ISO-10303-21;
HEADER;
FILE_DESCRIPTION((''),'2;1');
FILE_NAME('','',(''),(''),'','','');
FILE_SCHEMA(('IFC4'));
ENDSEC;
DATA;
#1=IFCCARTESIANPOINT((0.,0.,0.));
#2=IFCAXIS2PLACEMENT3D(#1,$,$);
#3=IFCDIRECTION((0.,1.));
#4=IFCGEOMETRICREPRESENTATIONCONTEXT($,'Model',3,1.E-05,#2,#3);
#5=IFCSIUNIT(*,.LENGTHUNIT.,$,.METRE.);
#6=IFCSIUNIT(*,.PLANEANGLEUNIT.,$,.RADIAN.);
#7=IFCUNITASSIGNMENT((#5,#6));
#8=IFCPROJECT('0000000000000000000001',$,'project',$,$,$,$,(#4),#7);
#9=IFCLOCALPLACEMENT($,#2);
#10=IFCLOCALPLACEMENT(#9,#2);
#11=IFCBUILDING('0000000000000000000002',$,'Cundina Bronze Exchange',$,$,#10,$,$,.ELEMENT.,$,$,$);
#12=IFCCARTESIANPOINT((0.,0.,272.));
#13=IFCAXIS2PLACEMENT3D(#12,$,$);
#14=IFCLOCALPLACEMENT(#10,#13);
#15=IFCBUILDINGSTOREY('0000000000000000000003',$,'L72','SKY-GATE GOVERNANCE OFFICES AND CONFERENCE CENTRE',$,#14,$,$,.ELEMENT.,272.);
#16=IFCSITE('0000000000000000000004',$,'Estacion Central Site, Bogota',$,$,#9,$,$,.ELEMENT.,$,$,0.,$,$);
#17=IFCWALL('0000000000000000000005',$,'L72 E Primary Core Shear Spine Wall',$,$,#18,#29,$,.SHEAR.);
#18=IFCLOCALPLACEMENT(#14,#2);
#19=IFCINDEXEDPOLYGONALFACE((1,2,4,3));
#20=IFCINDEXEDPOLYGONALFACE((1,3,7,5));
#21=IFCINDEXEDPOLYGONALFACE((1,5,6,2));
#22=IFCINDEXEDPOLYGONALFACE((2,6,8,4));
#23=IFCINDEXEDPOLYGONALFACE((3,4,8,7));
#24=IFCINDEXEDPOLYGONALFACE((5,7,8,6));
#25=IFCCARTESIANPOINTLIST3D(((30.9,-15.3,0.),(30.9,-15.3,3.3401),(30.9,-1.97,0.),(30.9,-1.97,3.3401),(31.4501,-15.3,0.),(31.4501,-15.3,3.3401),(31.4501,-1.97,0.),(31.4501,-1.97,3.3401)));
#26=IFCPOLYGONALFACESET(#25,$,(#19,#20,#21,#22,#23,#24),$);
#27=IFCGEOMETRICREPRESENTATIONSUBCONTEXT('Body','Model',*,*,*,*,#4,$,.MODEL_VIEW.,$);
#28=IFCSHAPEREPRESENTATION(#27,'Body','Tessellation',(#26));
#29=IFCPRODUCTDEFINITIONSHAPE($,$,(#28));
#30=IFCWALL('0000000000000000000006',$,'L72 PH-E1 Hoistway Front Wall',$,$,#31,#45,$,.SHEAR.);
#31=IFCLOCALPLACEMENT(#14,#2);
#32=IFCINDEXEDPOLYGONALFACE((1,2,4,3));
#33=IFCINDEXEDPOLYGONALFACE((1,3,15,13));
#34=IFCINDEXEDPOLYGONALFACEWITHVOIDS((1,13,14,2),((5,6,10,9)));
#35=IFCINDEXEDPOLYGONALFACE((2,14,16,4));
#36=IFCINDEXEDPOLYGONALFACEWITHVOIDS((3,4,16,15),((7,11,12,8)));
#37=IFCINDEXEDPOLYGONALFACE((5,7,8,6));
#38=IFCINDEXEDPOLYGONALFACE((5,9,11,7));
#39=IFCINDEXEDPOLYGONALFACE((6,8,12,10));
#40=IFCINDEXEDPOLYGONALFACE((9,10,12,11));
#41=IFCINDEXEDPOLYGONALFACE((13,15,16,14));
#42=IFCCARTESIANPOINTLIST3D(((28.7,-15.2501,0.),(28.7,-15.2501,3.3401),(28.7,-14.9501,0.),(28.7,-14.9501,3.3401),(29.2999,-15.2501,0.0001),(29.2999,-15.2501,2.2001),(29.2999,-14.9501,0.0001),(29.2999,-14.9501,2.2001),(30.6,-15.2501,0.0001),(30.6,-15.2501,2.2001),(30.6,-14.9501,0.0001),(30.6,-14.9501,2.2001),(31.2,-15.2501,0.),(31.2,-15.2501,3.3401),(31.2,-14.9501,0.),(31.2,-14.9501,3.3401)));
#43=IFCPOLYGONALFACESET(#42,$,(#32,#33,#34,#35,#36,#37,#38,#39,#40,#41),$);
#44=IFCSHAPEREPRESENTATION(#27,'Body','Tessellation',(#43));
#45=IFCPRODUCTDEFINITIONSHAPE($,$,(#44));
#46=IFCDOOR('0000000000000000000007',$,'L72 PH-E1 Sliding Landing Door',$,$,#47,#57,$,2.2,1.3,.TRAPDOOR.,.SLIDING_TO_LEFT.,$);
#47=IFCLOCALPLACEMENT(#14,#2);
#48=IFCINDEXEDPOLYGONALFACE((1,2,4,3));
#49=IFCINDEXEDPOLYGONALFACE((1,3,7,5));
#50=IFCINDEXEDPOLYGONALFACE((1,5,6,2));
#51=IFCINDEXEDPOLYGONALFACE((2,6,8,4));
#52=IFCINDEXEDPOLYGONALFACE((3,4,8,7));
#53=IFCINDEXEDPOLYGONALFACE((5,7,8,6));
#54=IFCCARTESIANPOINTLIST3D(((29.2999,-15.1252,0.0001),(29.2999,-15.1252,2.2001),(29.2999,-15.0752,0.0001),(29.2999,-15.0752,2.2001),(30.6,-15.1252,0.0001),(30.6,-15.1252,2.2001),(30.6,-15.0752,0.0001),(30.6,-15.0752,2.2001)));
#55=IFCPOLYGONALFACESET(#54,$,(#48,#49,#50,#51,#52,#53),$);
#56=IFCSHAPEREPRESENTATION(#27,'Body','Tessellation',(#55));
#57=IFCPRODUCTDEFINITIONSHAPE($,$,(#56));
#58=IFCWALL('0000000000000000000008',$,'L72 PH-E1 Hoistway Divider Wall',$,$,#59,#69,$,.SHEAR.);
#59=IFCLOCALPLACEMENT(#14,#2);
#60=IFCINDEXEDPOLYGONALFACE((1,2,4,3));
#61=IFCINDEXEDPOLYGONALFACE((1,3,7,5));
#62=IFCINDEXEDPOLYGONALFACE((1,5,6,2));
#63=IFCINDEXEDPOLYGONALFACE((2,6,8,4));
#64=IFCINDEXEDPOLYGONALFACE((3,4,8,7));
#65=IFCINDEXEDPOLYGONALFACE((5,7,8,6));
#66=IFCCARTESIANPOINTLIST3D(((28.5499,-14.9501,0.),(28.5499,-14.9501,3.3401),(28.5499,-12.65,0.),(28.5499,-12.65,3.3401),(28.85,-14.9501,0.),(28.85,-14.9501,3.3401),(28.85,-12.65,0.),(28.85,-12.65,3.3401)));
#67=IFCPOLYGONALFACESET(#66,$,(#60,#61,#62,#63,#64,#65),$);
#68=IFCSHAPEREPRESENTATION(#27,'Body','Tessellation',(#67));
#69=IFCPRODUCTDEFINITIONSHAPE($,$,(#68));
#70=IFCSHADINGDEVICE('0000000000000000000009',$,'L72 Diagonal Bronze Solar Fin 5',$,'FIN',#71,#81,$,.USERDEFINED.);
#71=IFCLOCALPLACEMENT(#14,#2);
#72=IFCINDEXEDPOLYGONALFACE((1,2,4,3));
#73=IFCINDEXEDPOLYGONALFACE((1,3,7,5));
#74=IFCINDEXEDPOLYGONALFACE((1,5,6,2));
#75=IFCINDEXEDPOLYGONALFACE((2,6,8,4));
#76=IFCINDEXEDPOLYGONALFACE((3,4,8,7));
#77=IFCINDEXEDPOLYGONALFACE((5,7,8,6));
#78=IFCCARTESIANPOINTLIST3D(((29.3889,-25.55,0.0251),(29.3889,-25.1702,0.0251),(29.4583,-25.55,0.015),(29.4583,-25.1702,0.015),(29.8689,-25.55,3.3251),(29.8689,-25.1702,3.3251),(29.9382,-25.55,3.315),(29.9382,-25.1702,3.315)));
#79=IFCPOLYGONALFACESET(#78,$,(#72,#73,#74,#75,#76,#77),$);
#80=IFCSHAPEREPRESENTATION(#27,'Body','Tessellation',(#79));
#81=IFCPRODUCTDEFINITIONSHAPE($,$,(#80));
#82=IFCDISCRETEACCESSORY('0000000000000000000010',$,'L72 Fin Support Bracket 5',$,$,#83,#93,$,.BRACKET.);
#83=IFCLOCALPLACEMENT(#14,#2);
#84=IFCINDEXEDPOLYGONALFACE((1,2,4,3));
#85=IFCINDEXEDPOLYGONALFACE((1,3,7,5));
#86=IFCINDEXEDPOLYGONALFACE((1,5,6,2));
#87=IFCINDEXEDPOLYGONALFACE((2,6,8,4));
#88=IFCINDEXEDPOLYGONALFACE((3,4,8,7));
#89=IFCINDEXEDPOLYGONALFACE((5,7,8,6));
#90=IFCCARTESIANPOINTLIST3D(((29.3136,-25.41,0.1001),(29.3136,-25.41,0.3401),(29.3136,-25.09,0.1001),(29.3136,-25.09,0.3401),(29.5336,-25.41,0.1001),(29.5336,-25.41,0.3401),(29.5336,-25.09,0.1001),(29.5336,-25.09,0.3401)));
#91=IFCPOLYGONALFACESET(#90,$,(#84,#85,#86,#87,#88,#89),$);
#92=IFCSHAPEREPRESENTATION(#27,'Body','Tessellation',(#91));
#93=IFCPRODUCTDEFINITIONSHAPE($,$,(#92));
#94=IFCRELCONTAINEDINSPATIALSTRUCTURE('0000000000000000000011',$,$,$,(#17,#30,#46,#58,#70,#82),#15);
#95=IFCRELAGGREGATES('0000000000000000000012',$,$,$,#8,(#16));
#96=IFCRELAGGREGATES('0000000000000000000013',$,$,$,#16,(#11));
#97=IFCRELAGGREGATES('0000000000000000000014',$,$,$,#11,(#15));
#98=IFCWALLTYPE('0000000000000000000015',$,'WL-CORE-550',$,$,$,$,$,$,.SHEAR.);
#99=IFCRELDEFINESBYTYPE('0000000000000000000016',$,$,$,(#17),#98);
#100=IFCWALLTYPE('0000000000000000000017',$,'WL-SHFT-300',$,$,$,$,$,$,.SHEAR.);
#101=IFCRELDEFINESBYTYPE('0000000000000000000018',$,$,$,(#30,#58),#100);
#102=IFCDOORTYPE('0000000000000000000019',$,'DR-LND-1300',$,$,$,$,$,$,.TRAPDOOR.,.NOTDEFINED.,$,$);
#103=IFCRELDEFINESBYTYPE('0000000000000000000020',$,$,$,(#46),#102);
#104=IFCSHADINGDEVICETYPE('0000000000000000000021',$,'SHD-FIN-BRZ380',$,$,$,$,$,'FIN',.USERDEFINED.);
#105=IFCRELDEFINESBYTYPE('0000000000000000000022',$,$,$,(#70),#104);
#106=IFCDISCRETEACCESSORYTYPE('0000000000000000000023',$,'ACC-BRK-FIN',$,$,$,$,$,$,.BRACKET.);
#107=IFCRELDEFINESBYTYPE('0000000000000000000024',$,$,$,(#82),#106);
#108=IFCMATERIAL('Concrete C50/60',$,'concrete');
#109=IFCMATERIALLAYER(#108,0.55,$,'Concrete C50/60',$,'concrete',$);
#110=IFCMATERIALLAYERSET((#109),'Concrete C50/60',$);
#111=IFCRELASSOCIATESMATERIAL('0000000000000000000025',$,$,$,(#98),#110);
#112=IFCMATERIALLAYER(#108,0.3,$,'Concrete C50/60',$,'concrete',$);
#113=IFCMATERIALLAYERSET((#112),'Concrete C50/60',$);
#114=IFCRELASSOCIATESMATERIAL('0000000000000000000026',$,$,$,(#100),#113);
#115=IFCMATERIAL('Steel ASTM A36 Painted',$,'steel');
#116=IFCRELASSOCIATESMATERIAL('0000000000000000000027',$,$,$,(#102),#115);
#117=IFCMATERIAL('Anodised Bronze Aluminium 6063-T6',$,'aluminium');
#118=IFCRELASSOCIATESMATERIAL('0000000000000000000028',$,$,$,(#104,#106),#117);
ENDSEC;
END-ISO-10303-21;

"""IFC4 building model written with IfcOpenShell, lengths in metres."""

from ifc_helpers import new_model, si_unit, direction, frame, frame_2d, origin, origin_2d, place, context, subcontext, project, spatial, rectangle, extrude, material, layer, layer_set, material_profile, profile_set, type_object, element, fill, save


model = new_model("IFC4")

# Units and contexts
model_context = context("Model", 3, precision=1e-05, world=origin(), true_north=direction((0.0, 1.0)))
body_context = subcontext(model_context, "Body", "Model", "MODEL_VIEW")
ifc_project = project(units=[si_unit("LENGTHUNIT", "METRE"), si_unit("PLANEANGLEUNIT", "RADIAN")], contexts=[model_context])

# Site, building, storey
site_placement = place(None, origin())
site = spatial("IfcSite", under=ifc_project, at=site_placement, Name="Estacion Central Site, Bogota", CompositionType="ELEMENT", RefElevation=0.0)
building_placement = place(site_placement, origin())
building = spatial("IfcBuilding", under=site, at=building_placement, Name="Cundina Bronze Exchange", CompositionType="ELEMENT")
storey_placement = place(building_placement, frame((0.0, 0.0, 272.0)))
storey = spatial("IfcBuildingStorey", under=building, at=storey_placement, Name="L72", Description="SKY-GATE GOVERNANCE OFFICES AND CONFERENCE CENTRE", CompositionType="ELEMENT", Elevation=272.0)

# Shared definitions
ifc_material_1 = material(Name="Concrete C50/60", Category="concrete")

# Shared definitions
ifc_material_2 = material(Name="Anodised Bronze Aluminium 6063-T6", Category="aluminium")

# Wall
ifc_layer_1 = layer(ifc_material_1, 0.55, Name="Concrete C50/60", Category="concrete")
ifc_layer_set_1 = layer_set([ifc_layer_1], Name="Concrete C50/60")
wall_type_1 = type_object("IfcWallType", Name="WL-CORE-550", PredefinedType="SHEAR", material=ifc_layer_set_1)
wall_1_placement = place(storey_placement, frame((31.175, -15.3, 0.0), z_axis=(0.0, 0.0, 1.0), x_axis=(0.0, 1.0, 0.0)))
element("IfcWall", 1, at=wall_1_placement, inside=storey, type_object=wall_type_1, Name="L72 E Primary Core Shear Spine Wall", PredefinedType="SHEAR", context=body_context, shape_type="SweptSolid", body=[
    extrude(rectangle(XDim=13.3301, YDim=0.55, at=frame_2d((6.665, 0.0))), origin(), (0.0, 0.0, 1.0), 3.3401),
])

# Wall, opening, door
ifc_layer_2 = layer(ifc_material_1, 0.3, Name="Concrete C50/60", Category="concrete")
ifc_layer_set_2 = layer_set([ifc_layer_2], Name="Concrete C50/60")
wall_type_2 = type_object("IfcWallType", Name="WL-SHFT-300", PredefinedType="SHEAR", material=ifc_layer_set_2)
wall_2_placement = place(storey_placement, frame((28.7, -15.1001, 0.0), z_axis=(0.0, 0.0, 1.0), x_axis=(1.0, 0.0, 0.0)))
wall_2 = element("IfcWall", 2, at=wall_2_placement, inside=storey, type_object=wall_type_2, Name="L72 PH-E1 Hoistway Front Wall", PredefinedType="SHEAR", context=body_context, shape_type="SweptSolid", body=[
    extrude(rectangle(XDim=2.5, YDim=0.3, at=frame_2d((1.25, 0.0))), origin(), (0.0, 0.0, 1.0), 3.3401),
])
opening_1_placement = place(wall_2_placement, frame((0.6001, 0.0, 0.0)))
opening_1 = element("IfcOpeningElement", 3, at=opening_1_placement, cuts=wall_2, PredefinedType="OPENING", context=body_context, shape_type="SweptSolid", body=[
    extrude(rectangle(XDim=1.3, YDim=2.2, at=frame_2d((0.6499, 1.1001))), frame((0.0, 0.1599, 0.0), z_axis=(0.0, -1.0, 0.0), x_axis=(1.0, 0.0, 0.0)), (0.0, 0.0, 1.0), 0.3201),
])
ifc_material_3 = material(Name="Steel ASTM A36 Painted", Category="steel")
door_type = type_object("IfcDoorType", Name="DR-LND-1300", OperationType="NOTDEFINED", PredefinedType="TRAPDOOR", material=ifc_material_3)
door_placement = place(opening_1_placement, origin())
door = element("IfcDoor", 4, at=door_placement, inside=storey, type_object=door_type, Name="L72 PH-E1 Sliding Landing Door", OperationType="SLIDING_TO_LEFT", OverallHeight=2.2, OverallWidth=1.3, PredefinedType="TRAPDOOR", context=body_context, shape_type="SweptSolid", body=[
    extrude(rectangle(XDim=1.3, YDim=2.2, at=frame_2d((0.6499, 1.1001))), frame((0.0, 0.0249, 0.0), z_axis=(0.0, -1.0, 0.0), x_axis=(1.0, 0.0, 0.0)), (0.0, 0.0, 1.0), 0.05),
])
fill(opening_1, door)

# Wall
wall_3_placement = place(storey_placement, frame((28.7, -14.95, 0.0), z_axis=(0.0, 0.0, 1.0), x_axis=(0.0, 1.0, 0.0)))
element("IfcWall", 5, at=wall_3_placement, inside=storey, type_object=wall_type_2, Name="L72 PH-E1 Hoistway Divider Wall", PredefinedType="SHEAR", context=body_context, shape_type="SweptSolid", body=[
    extrude(rectangle(XDim=2.3, YDim=0.3, at=frame_2d((1.1499, 0.0))), origin(), (0.0, 0.0, 1.0), 3.3401),
])

# Shading device
ifc_material_profile_1 = material_profile(ifc_material_2, rectangle(XDim=0.0701, YDim=0.3799, at=origin_2d()), Name="FIN70X380", Category="aluminium")
ifc_profile_set_1 = profile_set([ifc_material_profile_1], Name="Anodised Bronze Aluminium 6063-T6")
shading_device_type = type_object("IfcShadingDeviceType", Name="SHD-FIN-BRZ380", ElementType="FIN", PredefinedType="USERDEFINED", material=ifc_profile_set_1)
shading_device_placement = place(storey_placement, frame((29.4236, -25.3601, 0.02), z_axis=(0.143932, 0.0, 0.989588), x_axis=(-0.989588, 0.0, 0.143932)))
element("IfcShadingDevice", 6, at=shading_device_placement, inside=storey, type_object=shading_device_type, Name="L72 Diagonal Bronze Solar Fin 5", ObjectType="FIN", PredefinedType="USERDEFINED", context=body_context, shape_type="SweptSolid", body=[
    extrude(rectangle(XDim=0.0701, YDim=0.3799, at=origin_2d()), origin(), (0.0, 0.0, 1.0), 3.3347),
])

# Discrete accessory
discrete_accessory_type = type_object("IfcDiscreteAccessoryType", Name="ACC-BRK-FIN", PredefinedType="BRACKET", material=ifc_material_2)
discrete_accessory_placement = place(storey_placement, frame((29.4236, -25.25, 0.1001), z_axis=(0.0, 0.0, 1.0), x_axis=(1.0, 0.0, 0.0)))
element("IfcDiscreteAccessory", 7, at=discrete_accessory_placement, inside=storey, type_object=discrete_accessory_type, Name="L72 Fin Support Bracket 5", PredefinedType="BRACKET", context=body_context, shape_type="SweptSolid", body=[
    extrude(rectangle(XDim=0.22, YDim=0.3201, at=origin_2d()), origin(), (0.0, 0.0, 1.0), 0.24),
])

save(model, "model.ifc")
